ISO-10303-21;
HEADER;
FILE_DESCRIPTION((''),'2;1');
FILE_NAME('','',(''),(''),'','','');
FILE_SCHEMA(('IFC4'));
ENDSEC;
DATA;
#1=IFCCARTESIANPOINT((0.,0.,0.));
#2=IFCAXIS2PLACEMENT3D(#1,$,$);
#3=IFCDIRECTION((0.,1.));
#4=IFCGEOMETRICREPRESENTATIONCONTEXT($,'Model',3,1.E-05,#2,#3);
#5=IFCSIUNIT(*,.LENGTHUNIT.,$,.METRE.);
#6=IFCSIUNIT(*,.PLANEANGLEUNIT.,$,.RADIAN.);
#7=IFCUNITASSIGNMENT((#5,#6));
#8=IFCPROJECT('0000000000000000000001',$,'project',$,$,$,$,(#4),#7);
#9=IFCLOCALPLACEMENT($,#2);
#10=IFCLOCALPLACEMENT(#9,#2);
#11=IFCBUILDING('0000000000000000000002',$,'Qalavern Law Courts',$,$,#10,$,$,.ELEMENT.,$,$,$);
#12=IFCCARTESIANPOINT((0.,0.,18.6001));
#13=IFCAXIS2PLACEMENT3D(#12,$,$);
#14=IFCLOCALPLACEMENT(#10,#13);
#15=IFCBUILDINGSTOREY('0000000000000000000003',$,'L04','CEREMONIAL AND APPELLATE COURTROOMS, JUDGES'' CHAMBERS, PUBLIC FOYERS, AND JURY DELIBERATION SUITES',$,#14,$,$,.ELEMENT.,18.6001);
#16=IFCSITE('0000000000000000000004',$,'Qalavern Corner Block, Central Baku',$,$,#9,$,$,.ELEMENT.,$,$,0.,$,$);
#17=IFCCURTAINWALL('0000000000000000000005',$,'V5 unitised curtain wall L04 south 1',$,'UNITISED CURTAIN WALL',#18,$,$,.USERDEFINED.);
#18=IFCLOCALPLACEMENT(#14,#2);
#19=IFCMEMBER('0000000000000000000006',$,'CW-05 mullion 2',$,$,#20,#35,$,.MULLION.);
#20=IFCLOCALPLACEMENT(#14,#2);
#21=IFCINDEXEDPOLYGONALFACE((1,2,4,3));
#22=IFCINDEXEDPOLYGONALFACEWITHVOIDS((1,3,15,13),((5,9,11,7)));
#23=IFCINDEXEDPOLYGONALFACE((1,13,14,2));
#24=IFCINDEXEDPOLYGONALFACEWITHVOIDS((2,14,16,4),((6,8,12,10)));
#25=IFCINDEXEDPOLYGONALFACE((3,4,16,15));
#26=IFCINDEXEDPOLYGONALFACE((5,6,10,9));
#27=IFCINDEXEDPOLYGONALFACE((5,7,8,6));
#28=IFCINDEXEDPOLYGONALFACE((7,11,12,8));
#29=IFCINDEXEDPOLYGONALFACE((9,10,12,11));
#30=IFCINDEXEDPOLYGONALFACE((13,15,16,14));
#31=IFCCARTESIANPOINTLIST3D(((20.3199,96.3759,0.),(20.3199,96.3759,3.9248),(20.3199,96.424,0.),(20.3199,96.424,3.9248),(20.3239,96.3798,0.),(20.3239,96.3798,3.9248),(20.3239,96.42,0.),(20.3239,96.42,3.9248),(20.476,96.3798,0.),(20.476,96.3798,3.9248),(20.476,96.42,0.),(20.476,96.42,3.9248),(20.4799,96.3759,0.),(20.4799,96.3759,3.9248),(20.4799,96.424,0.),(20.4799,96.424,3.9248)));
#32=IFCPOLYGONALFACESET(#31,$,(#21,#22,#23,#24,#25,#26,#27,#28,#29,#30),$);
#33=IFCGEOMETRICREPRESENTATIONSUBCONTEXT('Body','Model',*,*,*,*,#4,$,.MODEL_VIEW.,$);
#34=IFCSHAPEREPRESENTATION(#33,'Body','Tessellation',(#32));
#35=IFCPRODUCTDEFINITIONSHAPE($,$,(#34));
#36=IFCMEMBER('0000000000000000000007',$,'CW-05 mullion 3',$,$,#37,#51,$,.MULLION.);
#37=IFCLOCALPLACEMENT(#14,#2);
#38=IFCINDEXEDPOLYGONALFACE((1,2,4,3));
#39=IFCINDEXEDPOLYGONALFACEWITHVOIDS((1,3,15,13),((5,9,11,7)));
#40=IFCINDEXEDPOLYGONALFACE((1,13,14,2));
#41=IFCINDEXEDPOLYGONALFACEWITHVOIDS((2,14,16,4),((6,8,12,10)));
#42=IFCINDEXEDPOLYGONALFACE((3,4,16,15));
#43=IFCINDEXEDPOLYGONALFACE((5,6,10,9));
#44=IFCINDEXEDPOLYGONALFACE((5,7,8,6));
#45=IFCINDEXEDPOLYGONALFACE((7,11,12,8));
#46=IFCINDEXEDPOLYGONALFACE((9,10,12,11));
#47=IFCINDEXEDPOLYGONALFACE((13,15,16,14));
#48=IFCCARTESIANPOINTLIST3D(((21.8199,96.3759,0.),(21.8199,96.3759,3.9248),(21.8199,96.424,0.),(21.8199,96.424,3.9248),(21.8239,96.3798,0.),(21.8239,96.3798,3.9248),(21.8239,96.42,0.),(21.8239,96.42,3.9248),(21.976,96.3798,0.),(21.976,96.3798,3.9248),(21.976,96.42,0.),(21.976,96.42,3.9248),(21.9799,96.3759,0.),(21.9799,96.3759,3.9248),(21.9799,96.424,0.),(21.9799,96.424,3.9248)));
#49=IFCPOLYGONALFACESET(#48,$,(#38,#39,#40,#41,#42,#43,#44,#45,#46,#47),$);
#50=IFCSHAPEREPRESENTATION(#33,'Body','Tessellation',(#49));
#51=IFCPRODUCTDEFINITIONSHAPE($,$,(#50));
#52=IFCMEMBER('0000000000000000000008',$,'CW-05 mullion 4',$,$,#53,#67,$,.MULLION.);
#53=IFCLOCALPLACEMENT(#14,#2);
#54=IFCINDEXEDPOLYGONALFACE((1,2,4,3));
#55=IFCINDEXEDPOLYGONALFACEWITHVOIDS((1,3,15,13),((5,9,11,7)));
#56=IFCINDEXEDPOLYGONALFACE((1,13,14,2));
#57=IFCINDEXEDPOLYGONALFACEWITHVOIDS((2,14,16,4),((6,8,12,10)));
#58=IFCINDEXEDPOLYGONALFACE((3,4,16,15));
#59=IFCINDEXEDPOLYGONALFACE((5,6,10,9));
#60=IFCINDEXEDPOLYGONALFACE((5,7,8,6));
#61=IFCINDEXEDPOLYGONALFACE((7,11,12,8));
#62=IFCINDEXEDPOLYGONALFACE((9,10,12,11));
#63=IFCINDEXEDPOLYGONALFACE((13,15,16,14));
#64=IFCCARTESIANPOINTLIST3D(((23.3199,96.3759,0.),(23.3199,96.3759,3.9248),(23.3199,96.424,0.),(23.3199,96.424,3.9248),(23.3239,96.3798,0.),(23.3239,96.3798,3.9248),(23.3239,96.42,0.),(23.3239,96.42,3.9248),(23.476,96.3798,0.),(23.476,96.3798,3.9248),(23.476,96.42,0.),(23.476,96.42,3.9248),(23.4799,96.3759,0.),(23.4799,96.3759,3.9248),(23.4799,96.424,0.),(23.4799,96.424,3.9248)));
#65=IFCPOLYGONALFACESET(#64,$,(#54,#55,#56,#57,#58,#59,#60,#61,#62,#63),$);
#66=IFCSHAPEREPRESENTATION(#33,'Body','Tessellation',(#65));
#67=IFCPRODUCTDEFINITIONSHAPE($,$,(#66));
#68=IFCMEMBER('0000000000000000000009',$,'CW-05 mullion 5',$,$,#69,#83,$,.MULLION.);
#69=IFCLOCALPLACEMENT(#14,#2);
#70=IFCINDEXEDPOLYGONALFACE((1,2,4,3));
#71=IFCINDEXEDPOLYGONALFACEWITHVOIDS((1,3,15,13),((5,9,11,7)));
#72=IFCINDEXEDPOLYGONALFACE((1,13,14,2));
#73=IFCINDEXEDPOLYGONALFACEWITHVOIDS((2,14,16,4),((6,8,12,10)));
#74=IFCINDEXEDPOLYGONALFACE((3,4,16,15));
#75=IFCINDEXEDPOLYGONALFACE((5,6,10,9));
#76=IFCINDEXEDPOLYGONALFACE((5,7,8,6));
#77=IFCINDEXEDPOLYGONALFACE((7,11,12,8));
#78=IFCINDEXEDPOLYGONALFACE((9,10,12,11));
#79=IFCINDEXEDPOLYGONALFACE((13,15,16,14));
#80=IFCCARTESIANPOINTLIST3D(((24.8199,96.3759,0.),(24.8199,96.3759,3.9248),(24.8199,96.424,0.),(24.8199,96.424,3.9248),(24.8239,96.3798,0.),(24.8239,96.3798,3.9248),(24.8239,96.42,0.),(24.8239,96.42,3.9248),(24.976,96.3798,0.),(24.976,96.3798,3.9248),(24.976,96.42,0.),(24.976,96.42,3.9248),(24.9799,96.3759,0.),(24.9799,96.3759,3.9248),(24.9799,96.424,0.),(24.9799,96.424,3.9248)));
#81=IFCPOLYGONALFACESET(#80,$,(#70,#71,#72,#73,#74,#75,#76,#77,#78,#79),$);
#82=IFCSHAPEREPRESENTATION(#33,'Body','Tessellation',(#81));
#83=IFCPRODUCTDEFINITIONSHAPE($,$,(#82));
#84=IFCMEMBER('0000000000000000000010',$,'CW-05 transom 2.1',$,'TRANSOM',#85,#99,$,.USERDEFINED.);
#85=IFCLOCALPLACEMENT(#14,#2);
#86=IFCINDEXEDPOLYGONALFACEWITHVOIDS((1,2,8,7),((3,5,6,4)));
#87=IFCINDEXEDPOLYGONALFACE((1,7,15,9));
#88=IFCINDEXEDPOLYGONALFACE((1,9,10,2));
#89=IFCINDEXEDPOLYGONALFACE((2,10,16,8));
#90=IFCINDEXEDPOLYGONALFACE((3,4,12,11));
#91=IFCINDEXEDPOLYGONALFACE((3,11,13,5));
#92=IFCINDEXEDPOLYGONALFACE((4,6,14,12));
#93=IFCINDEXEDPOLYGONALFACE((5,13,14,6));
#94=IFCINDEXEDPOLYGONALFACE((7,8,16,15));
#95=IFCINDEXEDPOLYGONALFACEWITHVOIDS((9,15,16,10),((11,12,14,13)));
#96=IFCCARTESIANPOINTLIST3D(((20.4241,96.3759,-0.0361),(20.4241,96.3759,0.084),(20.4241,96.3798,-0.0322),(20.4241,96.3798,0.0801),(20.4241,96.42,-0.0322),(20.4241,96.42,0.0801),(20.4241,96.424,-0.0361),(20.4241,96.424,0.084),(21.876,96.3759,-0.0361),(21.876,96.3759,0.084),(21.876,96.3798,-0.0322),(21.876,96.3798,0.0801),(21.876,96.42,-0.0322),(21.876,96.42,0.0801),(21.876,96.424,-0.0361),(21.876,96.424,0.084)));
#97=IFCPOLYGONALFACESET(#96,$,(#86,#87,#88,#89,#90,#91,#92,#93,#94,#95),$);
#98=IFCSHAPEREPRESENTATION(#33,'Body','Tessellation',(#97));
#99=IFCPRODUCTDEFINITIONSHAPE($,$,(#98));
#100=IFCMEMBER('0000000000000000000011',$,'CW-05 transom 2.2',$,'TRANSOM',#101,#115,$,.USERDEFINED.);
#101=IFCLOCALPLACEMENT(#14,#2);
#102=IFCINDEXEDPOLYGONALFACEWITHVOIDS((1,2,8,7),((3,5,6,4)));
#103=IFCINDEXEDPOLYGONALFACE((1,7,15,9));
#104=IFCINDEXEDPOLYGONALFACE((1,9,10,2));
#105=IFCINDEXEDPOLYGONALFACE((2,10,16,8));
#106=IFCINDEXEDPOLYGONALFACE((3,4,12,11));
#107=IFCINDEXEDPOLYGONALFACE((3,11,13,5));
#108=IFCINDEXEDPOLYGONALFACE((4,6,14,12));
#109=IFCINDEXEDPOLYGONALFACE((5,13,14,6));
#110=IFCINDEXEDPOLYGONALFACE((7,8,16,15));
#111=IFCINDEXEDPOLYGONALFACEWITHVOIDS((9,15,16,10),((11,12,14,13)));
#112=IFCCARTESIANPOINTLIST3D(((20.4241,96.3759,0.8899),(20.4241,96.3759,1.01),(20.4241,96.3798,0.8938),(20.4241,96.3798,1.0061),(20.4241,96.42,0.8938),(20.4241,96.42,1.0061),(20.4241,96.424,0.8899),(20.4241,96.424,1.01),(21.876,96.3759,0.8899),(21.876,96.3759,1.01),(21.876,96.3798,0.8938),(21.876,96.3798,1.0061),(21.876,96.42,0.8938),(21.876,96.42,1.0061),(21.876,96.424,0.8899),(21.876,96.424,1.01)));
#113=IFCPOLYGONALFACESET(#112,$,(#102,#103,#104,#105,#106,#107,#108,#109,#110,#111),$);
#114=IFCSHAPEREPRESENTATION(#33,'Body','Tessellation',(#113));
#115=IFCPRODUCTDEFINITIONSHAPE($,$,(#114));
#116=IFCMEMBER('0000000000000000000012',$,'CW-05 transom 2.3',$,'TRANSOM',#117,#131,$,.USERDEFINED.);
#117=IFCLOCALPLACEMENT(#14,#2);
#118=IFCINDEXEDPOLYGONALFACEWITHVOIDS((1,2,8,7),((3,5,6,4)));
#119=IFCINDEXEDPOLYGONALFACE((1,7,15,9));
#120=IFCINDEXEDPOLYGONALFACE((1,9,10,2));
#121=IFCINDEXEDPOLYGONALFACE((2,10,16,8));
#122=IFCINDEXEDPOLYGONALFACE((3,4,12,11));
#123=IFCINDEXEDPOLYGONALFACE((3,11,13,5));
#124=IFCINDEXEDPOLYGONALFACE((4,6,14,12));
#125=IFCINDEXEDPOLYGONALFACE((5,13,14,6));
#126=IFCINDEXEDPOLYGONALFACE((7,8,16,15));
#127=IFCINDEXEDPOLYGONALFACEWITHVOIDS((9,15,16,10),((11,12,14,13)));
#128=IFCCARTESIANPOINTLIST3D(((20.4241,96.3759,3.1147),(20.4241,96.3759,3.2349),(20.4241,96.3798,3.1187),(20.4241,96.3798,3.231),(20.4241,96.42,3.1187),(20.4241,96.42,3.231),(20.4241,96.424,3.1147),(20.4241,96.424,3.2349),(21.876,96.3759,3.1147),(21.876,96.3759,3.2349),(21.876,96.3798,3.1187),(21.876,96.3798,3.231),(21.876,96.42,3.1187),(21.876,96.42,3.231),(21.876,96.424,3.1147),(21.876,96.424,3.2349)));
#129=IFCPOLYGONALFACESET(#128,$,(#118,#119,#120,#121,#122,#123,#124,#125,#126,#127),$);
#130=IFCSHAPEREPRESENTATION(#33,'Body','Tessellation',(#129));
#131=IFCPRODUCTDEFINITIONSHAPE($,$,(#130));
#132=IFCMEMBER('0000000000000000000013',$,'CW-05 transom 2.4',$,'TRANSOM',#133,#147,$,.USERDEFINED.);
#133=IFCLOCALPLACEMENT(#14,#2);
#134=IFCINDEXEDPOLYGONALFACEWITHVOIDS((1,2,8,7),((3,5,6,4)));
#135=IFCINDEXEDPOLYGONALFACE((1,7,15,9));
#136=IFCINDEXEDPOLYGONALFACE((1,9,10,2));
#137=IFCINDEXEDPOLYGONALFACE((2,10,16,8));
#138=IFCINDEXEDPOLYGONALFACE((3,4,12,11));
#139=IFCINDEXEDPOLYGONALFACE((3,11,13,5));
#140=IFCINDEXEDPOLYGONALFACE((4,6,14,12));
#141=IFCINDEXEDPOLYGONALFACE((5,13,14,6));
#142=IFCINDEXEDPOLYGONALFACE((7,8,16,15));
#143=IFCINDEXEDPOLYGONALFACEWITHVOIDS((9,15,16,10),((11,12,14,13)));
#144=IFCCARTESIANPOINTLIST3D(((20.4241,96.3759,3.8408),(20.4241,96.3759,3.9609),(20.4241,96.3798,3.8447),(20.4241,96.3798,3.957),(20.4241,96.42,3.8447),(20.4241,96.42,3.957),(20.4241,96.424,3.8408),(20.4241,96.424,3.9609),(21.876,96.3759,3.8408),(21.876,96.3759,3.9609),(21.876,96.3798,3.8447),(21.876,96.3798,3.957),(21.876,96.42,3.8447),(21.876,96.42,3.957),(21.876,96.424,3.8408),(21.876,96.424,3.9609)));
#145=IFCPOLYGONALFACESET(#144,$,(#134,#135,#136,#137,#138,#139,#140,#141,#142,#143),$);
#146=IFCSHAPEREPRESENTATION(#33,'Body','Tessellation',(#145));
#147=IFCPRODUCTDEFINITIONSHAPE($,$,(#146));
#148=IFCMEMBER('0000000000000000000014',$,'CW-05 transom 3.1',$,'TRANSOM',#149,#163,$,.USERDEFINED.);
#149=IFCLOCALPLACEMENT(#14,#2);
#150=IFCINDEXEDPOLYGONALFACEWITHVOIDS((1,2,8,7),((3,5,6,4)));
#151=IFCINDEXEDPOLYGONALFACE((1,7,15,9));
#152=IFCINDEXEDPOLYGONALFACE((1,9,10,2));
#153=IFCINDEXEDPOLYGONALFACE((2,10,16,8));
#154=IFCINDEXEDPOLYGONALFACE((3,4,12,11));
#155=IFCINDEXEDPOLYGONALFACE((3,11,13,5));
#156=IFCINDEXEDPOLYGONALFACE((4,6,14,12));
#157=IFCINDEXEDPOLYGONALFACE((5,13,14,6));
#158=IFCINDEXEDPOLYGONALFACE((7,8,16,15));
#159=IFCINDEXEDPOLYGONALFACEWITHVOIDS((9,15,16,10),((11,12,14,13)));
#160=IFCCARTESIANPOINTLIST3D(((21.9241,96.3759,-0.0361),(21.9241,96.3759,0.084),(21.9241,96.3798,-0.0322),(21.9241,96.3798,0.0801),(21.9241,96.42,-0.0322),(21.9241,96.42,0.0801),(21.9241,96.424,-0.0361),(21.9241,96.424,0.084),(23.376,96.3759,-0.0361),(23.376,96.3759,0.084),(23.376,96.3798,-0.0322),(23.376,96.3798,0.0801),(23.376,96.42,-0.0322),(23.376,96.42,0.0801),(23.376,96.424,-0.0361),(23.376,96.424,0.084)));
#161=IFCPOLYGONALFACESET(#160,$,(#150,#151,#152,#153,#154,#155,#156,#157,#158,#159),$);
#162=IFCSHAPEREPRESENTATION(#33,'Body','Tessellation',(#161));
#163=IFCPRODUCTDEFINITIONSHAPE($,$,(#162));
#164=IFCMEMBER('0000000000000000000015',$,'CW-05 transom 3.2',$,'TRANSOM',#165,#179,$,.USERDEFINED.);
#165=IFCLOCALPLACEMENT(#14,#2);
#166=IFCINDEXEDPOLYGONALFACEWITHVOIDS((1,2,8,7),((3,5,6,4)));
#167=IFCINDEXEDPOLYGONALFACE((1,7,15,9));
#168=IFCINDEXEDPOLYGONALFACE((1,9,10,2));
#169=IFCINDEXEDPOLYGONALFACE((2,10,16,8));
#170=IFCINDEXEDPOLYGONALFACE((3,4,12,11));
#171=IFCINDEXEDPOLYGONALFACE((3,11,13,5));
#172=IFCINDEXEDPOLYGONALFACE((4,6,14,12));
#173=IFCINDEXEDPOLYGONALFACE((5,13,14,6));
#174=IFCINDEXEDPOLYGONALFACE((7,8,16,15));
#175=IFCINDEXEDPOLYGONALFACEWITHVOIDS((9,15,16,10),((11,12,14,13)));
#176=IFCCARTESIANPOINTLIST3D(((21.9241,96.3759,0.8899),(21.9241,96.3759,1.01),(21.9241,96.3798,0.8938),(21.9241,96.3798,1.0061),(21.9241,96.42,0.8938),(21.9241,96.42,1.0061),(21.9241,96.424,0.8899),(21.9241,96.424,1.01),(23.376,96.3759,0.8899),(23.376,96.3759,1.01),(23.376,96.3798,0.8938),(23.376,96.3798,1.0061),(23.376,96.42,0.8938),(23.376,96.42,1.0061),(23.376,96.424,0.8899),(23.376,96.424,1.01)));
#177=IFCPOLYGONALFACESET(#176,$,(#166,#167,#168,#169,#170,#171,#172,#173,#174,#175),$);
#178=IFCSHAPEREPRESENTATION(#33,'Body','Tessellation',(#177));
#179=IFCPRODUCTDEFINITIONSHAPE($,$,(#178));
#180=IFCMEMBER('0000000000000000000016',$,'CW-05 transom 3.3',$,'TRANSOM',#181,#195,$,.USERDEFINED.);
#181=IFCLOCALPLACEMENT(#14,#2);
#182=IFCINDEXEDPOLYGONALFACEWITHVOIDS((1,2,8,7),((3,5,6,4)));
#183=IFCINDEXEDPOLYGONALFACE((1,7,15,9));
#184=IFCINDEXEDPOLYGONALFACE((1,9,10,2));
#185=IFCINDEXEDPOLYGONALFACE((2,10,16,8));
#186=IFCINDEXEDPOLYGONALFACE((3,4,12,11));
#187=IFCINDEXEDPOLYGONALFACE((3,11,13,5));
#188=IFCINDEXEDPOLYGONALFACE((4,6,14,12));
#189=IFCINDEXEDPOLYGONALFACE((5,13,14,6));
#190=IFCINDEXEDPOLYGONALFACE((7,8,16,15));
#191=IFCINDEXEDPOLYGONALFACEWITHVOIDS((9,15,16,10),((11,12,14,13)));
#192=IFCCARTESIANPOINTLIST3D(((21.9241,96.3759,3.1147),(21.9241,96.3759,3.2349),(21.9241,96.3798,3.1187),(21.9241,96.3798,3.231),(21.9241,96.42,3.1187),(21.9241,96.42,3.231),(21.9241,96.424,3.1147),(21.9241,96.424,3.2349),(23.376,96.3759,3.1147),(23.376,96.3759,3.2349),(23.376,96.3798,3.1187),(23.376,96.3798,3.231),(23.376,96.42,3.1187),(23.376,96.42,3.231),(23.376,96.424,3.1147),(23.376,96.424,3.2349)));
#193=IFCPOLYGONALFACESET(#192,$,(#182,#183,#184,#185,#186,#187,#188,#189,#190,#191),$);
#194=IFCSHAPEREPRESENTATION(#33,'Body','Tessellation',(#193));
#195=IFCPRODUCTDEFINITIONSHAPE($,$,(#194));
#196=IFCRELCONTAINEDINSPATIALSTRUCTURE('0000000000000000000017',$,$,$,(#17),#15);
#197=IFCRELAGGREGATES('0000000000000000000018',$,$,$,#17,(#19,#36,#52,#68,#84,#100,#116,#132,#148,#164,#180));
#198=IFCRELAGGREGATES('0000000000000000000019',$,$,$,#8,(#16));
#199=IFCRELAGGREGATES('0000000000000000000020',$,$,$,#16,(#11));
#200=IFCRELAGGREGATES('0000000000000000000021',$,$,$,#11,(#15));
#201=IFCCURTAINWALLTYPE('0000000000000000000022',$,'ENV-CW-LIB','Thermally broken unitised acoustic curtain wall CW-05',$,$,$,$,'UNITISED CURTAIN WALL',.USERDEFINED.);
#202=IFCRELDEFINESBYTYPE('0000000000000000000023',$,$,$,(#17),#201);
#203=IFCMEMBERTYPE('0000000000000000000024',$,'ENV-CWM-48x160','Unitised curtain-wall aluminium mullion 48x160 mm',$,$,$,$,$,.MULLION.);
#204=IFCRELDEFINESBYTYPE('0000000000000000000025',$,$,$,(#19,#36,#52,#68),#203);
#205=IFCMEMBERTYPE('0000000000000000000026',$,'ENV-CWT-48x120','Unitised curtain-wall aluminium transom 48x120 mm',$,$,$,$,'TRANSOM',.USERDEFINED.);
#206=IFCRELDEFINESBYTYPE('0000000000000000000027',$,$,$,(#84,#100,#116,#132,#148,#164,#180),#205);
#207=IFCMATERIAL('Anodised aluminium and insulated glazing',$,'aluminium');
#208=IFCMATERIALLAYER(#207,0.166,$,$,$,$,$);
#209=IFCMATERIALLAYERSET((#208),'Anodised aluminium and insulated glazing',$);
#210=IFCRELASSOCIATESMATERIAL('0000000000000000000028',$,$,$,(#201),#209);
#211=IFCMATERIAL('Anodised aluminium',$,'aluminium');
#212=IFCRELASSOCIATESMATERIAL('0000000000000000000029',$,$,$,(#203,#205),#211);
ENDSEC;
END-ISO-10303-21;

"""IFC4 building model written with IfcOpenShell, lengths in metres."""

from ifc_helpers import new_model, si_unit, direction, frame, origin, origin_2d, place, context, subcontext, project, spatial, hollow_rectangle, extrude, material, layer, layer_set, material_profile, profile_set, type_object, element, aggregate, save


model = new_model("IFC4")

# Units and contexts
model_context = context("Model", 3, precision=1e-05, world=origin(), true_north=direction((0.0, 1.0)))
body_context = subcontext(model_context, "Body", "Model", "MODEL_VIEW")
ifc_project = project(units=[si_unit("LENGTHUNIT", "METRE"), si_unit("PLANEANGLEUNIT", "RADIAN")], contexts=[model_context])

# Site, building, storey
site_placement = place(None, origin())
site = spatial("IfcSite", under=ifc_project, at=site_placement, Name="Qalavern Corner Block, Central Baku", CompositionType="ELEMENT", RefElevation=0.0)
building_placement = place(site_placement, origin())
building = spatial("IfcBuilding", under=site, at=building_placement, Name="Qalavern Law Courts", CompositionType="ELEMENT")
storey_placement = place(building_placement, frame((0.0, 0.0, 18.6001)))
storey = spatial("IfcBuildingStorey", under=building, at=storey_placement, Name="L04", Description="CEREMONIAL AND APPELLATE COURTROOMS, JUDGES' CHAMBERS, PUBLIC FOYERS, AND JURY DELIBERATION SUITES", CompositionType="ELEMENT", Elevation=18.6001)

# Curtain wall, members
ifc_material_1 = material(Name="Anodised aluminium and insulated glazing", Category="aluminium")
ifc_layer_1 = layer(ifc_material_1, 0.166)
ifc_layer_set_1 = layer_set([ifc_layer_1], Name="Anodised aluminium and insulated glazing")
curtain_wall_type = type_object("IfcCurtainWallType", Name="ENV-CW-LIB", Description="Thermally broken unitised acoustic curtain wall CW-05", ElementType="UNITISED CURTAIN WALL", PredefinedType="USERDEFINED", material=ifc_layer_set_1)
curtain_wall_placement = place(storey_placement, origin())
curtain_wall = element("IfcCurtainWall", 1, at=curtain_wall_placement, inside=storey, type_object=curtain_wall_type, Name="V5 unitised curtain wall L04 south 1", ObjectType="UNITISED CURTAIN WALL", PredefinedType="USERDEFINED")
ifc_material_2 = material(Name="Anodised aluminium", Category="aluminium")
ifc_material_profile_1 = material_profile(ifc_material_2, hollow_rectangle(XDim=0.0481, YDim=0.1599, WallThickness=0.0039, at=origin_2d()), Name="ALU MULLION 48x160")
ifc_profile_set_1 = profile_set([ifc_material_profile_1], Name="Anodised aluminium")
member_type_1 = type_object("IfcMemberType", Name="ENV-CWM-48x160", Description="Unitised curtain-wall aluminium mullion 48x160 mm", PredefinedType="MULLION", material=ifc_profile_set_1)
member_1_placement = place(storey_placement, frame((20.3999, 96.3999, 0.0), z_axis=(0.0, 0.0, 1.0), x_axis=(0.0, 1.0, 0.0)))
member_1 = element("IfcMember", 2, at=member_1_placement, type_object=member_type_1, Name="CW-05 mullion 2", PredefinedType="MULLION", context=body_context, shape_type="SweptSolid", body=[
    extrude(hollow_rectangle(XDim=0.0481, YDim=0.1599, WallThickness=0.0039, at=origin_2d()), origin(), (0.0, 0.0, 1.0), 3.9248),
])
member_2_placement = place(storey_placement, frame((21.8999, 96.3999, 0.0), z_axis=(0.0, 0.0, 1.0), x_axis=(0.0, 1.0, 0.0)))
member_2 = element("IfcMember", 3, at=member_2_placement, type_object=member_type_1, Name="CW-05 mullion 3", PredefinedType="MULLION", context=body_context, shape_type="SweptSolid", body=[
    extrude(hollow_rectangle(XDim=0.0481, YDim=0.1599, WallThickness=0.0039, at=origin_2d()), origin(), (0.0, 0.0, 1.0), 3.9248),
])
member_3_placement = place(storey_placement, frame((23.3999, 96.3999, 0.0), z_axis=(0.0, 0.0, 1.0), x_axis=(0.0, 1.0, 0.0)))
member_3 = element("IfcMember", 4, at=member_3_placement, type_object=member_type_1, Name="CW-05 mullion 4", PredefinedType="MULLION", context=body_context, shape_type="SweptSolid", body=[
    extrude(hollow_rectangle(XDim=0.0481, YDim=0.1599, WallThickness=0.0039, at=origin_2d()), origin(), (0.0, 0.0, 1.0), 3.9248),
])
member_4_placement = place(storey_placement, frame((24.8999, 96.3999, 0.0), z_axis=(0.0, 0.0, 1.0), x_axis=(0.0, 1.0, 0.0)))
member_4 = element("IfcMember", 5, at=member_4_placement, type_object=member_type_1, Name="CW-05 mullion 5", PredefinedType="MULLION", context=body_context, shape_type="SweptSolid", body=[
    extrude(hollow_rectangle(XDim=0.0481, YDim=0.1599, WallThickness=0.0039, at=origin_2d()), origin(), (0.0, 0.0, 1.0), 3.9248),
])
ifc_material_profile_2 = material_profile(ifc_material_2, hollow_rectangle(XDim=0.0481, YDim=0.1201, WallThickness=0.0039, at=origin_2d()), Name="ALU TRANSOM 48x120")
ifc_profile_set_2 = profile_set([ifc_material_profile_2], Name="Anodised aluminium")
member_type_2 = type_object("IfcMemberType", Name="ENV-CWT-48x120", Description="Unitised curtain-wall aluminium transom 48x120 mm", ElementType="TRANSOM", PredefinedType="USERDEFINED", material=ifc_profile_set_2)
member_5_placement = place(storey_placement, frame((20.4241, 96.3999, 0.0239), z_axis=(1.0, 0.0, 0.0), x_axis=(0.0, 1.0, 0.0)))
member_5 = element("IfcMember", 6, at=member_5_placement, type_object=member_type_2, Name="CW-05 transom 2.1", ObjectType="TRANSOM", PredefinedType="USERDEFINED", context=body_context, shape_type="SweptSolid", body=[
    extrude(hollow_rectangle(XDim=0.0481, YDim=0.1201, WallThickness=0.0039, at=origin_2d()), origin(), (0.0, 0.0, 1.0), 1.4519),
])
member_6_placement = place(storey_placement, frame((20.4241, 96.3999, 0.95), z_axis=(1.0, 0.0, 0.0), x_axis=(0.0, 1.0, 0.0)))
member_6 = element("IfcMember", 7, at=member_6_placement, type_object=member_type_2, Name="CW-05 transom 2.2", ObjectType="TRANSOM", PredefinedType="USERDEFINED", context=body_context, shape_type="SweptSolid", body=[
    extrude(hollow_rectangle(XDim=0.0481, YDim=0.1201, WallThickness=0.0039, at=origin_2d()), origin(), (0.0, 0.0, 1.0), 1.4519),
])
member_7_placement = place(storey_placement, frame((20.4241, 96.3999, 3.1748), z_axis=(1.0, 0.0, 0.0), x_axis=(0.0, 1.0, 0.0)))
member_7 = element("IfcMember", 8, at=member_7_placement, type_object=member_type_2, Name="CW-05 transom 2.3", ObjectType="TRANSOM", PredefinedType="USERDEFINED", context=body_context, shape_type="SweptSolid", body=[
    extrude(hollow_rectangle(XDim=0.0481, YDim=0.1201, WallThickness=0.0039, at=origin_2d()), origin(), (0.0, 0.0, 1.0), 1.4519),
])
member_8_placement = place(storey_placement, frame((20.4241, 96.3999, 3.9009), z_axis=(1.0, 0.0, 0.0), x_axis=(0.0, 1.0, 0.0)))
member_8 = element("IfcMember", 9, at=member_8_placement, type_object=member_type_2, Name="CW-05 transom 2.4", ObjectType="TRANSOM", PredefinedType="USERDEFINED", context=body_context, shape_type="SweptSolid", body=[
    extrude(hollow_rectangle(XDim=0.0481, YDim=0.1201, WallThickness=0.0039, at=origin_2d()), origin(), (0.0, 0.0, 1.0), 1.4519),
])
member_9_placement = place(storey_placement, frame((21.9241, 96.3999, 0.0239), z_axis=(1.0, 0.0, 0.0), x_axis=(0.0, 1.0, 0.0)))
member_9 = element("IfcMember", 10, at=member_9_placement, type_object=member_type_2, Name="CW-05 transom 3.1", ObjectType="TRANSOM", PredefinedType="USERDEFINED", context=body_context, shape_type="SweptSolid", body=[
    extrude(hollow_rectangle(XDim=0.0481, YDim=0.1201, WallThickness=0.0039, at=origin_2d()), origin(), (0.0, 0.0, 1.0), 1.4519),
])
member_10_placement = place(storey_placement, frame((21.9241, 96.3999, 0.95), z_axis=(1.0, 0.0, 0.0), x_axis=(0.0, 1.0, 0.0)))
member_10 = element("IfcMember", 11, at=member_10_placement, type_object=member_type_2, Name="CW-05 transom 3.2", ObjectType="TRANSOM", PredefinedType="USERDEFINED", context=body_context, shape_type="SweptSolid", body=[
    extrude(hollow_rectangle(XDim=0.0481, YDim=0.1201, WallThickness=0.0039, at=origin_2d()), origin(), (0.0, 0.0, 1.0), 1.4519),
])
member_11_placement = place(storey_placement, frame((21.9241, 96.3999, 3.1748), z_axis=(1.0, 0.0, 0.0), x_axis=(0.0, 1.0, 0.0)))
member_11 = element("IfcMember", 12, at=member_11_placement, type_object=member_type_2, Name="CW-05 transom 3.3", ObjectType="TRANSOM", PredefinedType="USERDEFINED", context=body_context, shape_type="SweptSolid", body=[
    extrude(hollow_rectangle(XDim=0.0481, YDim=0.1201, WallThickness=0.0039, at=origin_2d()), origin(), (0.0, 0.0, 1.0), 1.4519),
])
aggregate(curtain_wall, [member_1, member_2, member_3, member_4, member_5, member_6, member_7, member_8, member_9, member_10, member_11])

save(model, "model.ifc")
